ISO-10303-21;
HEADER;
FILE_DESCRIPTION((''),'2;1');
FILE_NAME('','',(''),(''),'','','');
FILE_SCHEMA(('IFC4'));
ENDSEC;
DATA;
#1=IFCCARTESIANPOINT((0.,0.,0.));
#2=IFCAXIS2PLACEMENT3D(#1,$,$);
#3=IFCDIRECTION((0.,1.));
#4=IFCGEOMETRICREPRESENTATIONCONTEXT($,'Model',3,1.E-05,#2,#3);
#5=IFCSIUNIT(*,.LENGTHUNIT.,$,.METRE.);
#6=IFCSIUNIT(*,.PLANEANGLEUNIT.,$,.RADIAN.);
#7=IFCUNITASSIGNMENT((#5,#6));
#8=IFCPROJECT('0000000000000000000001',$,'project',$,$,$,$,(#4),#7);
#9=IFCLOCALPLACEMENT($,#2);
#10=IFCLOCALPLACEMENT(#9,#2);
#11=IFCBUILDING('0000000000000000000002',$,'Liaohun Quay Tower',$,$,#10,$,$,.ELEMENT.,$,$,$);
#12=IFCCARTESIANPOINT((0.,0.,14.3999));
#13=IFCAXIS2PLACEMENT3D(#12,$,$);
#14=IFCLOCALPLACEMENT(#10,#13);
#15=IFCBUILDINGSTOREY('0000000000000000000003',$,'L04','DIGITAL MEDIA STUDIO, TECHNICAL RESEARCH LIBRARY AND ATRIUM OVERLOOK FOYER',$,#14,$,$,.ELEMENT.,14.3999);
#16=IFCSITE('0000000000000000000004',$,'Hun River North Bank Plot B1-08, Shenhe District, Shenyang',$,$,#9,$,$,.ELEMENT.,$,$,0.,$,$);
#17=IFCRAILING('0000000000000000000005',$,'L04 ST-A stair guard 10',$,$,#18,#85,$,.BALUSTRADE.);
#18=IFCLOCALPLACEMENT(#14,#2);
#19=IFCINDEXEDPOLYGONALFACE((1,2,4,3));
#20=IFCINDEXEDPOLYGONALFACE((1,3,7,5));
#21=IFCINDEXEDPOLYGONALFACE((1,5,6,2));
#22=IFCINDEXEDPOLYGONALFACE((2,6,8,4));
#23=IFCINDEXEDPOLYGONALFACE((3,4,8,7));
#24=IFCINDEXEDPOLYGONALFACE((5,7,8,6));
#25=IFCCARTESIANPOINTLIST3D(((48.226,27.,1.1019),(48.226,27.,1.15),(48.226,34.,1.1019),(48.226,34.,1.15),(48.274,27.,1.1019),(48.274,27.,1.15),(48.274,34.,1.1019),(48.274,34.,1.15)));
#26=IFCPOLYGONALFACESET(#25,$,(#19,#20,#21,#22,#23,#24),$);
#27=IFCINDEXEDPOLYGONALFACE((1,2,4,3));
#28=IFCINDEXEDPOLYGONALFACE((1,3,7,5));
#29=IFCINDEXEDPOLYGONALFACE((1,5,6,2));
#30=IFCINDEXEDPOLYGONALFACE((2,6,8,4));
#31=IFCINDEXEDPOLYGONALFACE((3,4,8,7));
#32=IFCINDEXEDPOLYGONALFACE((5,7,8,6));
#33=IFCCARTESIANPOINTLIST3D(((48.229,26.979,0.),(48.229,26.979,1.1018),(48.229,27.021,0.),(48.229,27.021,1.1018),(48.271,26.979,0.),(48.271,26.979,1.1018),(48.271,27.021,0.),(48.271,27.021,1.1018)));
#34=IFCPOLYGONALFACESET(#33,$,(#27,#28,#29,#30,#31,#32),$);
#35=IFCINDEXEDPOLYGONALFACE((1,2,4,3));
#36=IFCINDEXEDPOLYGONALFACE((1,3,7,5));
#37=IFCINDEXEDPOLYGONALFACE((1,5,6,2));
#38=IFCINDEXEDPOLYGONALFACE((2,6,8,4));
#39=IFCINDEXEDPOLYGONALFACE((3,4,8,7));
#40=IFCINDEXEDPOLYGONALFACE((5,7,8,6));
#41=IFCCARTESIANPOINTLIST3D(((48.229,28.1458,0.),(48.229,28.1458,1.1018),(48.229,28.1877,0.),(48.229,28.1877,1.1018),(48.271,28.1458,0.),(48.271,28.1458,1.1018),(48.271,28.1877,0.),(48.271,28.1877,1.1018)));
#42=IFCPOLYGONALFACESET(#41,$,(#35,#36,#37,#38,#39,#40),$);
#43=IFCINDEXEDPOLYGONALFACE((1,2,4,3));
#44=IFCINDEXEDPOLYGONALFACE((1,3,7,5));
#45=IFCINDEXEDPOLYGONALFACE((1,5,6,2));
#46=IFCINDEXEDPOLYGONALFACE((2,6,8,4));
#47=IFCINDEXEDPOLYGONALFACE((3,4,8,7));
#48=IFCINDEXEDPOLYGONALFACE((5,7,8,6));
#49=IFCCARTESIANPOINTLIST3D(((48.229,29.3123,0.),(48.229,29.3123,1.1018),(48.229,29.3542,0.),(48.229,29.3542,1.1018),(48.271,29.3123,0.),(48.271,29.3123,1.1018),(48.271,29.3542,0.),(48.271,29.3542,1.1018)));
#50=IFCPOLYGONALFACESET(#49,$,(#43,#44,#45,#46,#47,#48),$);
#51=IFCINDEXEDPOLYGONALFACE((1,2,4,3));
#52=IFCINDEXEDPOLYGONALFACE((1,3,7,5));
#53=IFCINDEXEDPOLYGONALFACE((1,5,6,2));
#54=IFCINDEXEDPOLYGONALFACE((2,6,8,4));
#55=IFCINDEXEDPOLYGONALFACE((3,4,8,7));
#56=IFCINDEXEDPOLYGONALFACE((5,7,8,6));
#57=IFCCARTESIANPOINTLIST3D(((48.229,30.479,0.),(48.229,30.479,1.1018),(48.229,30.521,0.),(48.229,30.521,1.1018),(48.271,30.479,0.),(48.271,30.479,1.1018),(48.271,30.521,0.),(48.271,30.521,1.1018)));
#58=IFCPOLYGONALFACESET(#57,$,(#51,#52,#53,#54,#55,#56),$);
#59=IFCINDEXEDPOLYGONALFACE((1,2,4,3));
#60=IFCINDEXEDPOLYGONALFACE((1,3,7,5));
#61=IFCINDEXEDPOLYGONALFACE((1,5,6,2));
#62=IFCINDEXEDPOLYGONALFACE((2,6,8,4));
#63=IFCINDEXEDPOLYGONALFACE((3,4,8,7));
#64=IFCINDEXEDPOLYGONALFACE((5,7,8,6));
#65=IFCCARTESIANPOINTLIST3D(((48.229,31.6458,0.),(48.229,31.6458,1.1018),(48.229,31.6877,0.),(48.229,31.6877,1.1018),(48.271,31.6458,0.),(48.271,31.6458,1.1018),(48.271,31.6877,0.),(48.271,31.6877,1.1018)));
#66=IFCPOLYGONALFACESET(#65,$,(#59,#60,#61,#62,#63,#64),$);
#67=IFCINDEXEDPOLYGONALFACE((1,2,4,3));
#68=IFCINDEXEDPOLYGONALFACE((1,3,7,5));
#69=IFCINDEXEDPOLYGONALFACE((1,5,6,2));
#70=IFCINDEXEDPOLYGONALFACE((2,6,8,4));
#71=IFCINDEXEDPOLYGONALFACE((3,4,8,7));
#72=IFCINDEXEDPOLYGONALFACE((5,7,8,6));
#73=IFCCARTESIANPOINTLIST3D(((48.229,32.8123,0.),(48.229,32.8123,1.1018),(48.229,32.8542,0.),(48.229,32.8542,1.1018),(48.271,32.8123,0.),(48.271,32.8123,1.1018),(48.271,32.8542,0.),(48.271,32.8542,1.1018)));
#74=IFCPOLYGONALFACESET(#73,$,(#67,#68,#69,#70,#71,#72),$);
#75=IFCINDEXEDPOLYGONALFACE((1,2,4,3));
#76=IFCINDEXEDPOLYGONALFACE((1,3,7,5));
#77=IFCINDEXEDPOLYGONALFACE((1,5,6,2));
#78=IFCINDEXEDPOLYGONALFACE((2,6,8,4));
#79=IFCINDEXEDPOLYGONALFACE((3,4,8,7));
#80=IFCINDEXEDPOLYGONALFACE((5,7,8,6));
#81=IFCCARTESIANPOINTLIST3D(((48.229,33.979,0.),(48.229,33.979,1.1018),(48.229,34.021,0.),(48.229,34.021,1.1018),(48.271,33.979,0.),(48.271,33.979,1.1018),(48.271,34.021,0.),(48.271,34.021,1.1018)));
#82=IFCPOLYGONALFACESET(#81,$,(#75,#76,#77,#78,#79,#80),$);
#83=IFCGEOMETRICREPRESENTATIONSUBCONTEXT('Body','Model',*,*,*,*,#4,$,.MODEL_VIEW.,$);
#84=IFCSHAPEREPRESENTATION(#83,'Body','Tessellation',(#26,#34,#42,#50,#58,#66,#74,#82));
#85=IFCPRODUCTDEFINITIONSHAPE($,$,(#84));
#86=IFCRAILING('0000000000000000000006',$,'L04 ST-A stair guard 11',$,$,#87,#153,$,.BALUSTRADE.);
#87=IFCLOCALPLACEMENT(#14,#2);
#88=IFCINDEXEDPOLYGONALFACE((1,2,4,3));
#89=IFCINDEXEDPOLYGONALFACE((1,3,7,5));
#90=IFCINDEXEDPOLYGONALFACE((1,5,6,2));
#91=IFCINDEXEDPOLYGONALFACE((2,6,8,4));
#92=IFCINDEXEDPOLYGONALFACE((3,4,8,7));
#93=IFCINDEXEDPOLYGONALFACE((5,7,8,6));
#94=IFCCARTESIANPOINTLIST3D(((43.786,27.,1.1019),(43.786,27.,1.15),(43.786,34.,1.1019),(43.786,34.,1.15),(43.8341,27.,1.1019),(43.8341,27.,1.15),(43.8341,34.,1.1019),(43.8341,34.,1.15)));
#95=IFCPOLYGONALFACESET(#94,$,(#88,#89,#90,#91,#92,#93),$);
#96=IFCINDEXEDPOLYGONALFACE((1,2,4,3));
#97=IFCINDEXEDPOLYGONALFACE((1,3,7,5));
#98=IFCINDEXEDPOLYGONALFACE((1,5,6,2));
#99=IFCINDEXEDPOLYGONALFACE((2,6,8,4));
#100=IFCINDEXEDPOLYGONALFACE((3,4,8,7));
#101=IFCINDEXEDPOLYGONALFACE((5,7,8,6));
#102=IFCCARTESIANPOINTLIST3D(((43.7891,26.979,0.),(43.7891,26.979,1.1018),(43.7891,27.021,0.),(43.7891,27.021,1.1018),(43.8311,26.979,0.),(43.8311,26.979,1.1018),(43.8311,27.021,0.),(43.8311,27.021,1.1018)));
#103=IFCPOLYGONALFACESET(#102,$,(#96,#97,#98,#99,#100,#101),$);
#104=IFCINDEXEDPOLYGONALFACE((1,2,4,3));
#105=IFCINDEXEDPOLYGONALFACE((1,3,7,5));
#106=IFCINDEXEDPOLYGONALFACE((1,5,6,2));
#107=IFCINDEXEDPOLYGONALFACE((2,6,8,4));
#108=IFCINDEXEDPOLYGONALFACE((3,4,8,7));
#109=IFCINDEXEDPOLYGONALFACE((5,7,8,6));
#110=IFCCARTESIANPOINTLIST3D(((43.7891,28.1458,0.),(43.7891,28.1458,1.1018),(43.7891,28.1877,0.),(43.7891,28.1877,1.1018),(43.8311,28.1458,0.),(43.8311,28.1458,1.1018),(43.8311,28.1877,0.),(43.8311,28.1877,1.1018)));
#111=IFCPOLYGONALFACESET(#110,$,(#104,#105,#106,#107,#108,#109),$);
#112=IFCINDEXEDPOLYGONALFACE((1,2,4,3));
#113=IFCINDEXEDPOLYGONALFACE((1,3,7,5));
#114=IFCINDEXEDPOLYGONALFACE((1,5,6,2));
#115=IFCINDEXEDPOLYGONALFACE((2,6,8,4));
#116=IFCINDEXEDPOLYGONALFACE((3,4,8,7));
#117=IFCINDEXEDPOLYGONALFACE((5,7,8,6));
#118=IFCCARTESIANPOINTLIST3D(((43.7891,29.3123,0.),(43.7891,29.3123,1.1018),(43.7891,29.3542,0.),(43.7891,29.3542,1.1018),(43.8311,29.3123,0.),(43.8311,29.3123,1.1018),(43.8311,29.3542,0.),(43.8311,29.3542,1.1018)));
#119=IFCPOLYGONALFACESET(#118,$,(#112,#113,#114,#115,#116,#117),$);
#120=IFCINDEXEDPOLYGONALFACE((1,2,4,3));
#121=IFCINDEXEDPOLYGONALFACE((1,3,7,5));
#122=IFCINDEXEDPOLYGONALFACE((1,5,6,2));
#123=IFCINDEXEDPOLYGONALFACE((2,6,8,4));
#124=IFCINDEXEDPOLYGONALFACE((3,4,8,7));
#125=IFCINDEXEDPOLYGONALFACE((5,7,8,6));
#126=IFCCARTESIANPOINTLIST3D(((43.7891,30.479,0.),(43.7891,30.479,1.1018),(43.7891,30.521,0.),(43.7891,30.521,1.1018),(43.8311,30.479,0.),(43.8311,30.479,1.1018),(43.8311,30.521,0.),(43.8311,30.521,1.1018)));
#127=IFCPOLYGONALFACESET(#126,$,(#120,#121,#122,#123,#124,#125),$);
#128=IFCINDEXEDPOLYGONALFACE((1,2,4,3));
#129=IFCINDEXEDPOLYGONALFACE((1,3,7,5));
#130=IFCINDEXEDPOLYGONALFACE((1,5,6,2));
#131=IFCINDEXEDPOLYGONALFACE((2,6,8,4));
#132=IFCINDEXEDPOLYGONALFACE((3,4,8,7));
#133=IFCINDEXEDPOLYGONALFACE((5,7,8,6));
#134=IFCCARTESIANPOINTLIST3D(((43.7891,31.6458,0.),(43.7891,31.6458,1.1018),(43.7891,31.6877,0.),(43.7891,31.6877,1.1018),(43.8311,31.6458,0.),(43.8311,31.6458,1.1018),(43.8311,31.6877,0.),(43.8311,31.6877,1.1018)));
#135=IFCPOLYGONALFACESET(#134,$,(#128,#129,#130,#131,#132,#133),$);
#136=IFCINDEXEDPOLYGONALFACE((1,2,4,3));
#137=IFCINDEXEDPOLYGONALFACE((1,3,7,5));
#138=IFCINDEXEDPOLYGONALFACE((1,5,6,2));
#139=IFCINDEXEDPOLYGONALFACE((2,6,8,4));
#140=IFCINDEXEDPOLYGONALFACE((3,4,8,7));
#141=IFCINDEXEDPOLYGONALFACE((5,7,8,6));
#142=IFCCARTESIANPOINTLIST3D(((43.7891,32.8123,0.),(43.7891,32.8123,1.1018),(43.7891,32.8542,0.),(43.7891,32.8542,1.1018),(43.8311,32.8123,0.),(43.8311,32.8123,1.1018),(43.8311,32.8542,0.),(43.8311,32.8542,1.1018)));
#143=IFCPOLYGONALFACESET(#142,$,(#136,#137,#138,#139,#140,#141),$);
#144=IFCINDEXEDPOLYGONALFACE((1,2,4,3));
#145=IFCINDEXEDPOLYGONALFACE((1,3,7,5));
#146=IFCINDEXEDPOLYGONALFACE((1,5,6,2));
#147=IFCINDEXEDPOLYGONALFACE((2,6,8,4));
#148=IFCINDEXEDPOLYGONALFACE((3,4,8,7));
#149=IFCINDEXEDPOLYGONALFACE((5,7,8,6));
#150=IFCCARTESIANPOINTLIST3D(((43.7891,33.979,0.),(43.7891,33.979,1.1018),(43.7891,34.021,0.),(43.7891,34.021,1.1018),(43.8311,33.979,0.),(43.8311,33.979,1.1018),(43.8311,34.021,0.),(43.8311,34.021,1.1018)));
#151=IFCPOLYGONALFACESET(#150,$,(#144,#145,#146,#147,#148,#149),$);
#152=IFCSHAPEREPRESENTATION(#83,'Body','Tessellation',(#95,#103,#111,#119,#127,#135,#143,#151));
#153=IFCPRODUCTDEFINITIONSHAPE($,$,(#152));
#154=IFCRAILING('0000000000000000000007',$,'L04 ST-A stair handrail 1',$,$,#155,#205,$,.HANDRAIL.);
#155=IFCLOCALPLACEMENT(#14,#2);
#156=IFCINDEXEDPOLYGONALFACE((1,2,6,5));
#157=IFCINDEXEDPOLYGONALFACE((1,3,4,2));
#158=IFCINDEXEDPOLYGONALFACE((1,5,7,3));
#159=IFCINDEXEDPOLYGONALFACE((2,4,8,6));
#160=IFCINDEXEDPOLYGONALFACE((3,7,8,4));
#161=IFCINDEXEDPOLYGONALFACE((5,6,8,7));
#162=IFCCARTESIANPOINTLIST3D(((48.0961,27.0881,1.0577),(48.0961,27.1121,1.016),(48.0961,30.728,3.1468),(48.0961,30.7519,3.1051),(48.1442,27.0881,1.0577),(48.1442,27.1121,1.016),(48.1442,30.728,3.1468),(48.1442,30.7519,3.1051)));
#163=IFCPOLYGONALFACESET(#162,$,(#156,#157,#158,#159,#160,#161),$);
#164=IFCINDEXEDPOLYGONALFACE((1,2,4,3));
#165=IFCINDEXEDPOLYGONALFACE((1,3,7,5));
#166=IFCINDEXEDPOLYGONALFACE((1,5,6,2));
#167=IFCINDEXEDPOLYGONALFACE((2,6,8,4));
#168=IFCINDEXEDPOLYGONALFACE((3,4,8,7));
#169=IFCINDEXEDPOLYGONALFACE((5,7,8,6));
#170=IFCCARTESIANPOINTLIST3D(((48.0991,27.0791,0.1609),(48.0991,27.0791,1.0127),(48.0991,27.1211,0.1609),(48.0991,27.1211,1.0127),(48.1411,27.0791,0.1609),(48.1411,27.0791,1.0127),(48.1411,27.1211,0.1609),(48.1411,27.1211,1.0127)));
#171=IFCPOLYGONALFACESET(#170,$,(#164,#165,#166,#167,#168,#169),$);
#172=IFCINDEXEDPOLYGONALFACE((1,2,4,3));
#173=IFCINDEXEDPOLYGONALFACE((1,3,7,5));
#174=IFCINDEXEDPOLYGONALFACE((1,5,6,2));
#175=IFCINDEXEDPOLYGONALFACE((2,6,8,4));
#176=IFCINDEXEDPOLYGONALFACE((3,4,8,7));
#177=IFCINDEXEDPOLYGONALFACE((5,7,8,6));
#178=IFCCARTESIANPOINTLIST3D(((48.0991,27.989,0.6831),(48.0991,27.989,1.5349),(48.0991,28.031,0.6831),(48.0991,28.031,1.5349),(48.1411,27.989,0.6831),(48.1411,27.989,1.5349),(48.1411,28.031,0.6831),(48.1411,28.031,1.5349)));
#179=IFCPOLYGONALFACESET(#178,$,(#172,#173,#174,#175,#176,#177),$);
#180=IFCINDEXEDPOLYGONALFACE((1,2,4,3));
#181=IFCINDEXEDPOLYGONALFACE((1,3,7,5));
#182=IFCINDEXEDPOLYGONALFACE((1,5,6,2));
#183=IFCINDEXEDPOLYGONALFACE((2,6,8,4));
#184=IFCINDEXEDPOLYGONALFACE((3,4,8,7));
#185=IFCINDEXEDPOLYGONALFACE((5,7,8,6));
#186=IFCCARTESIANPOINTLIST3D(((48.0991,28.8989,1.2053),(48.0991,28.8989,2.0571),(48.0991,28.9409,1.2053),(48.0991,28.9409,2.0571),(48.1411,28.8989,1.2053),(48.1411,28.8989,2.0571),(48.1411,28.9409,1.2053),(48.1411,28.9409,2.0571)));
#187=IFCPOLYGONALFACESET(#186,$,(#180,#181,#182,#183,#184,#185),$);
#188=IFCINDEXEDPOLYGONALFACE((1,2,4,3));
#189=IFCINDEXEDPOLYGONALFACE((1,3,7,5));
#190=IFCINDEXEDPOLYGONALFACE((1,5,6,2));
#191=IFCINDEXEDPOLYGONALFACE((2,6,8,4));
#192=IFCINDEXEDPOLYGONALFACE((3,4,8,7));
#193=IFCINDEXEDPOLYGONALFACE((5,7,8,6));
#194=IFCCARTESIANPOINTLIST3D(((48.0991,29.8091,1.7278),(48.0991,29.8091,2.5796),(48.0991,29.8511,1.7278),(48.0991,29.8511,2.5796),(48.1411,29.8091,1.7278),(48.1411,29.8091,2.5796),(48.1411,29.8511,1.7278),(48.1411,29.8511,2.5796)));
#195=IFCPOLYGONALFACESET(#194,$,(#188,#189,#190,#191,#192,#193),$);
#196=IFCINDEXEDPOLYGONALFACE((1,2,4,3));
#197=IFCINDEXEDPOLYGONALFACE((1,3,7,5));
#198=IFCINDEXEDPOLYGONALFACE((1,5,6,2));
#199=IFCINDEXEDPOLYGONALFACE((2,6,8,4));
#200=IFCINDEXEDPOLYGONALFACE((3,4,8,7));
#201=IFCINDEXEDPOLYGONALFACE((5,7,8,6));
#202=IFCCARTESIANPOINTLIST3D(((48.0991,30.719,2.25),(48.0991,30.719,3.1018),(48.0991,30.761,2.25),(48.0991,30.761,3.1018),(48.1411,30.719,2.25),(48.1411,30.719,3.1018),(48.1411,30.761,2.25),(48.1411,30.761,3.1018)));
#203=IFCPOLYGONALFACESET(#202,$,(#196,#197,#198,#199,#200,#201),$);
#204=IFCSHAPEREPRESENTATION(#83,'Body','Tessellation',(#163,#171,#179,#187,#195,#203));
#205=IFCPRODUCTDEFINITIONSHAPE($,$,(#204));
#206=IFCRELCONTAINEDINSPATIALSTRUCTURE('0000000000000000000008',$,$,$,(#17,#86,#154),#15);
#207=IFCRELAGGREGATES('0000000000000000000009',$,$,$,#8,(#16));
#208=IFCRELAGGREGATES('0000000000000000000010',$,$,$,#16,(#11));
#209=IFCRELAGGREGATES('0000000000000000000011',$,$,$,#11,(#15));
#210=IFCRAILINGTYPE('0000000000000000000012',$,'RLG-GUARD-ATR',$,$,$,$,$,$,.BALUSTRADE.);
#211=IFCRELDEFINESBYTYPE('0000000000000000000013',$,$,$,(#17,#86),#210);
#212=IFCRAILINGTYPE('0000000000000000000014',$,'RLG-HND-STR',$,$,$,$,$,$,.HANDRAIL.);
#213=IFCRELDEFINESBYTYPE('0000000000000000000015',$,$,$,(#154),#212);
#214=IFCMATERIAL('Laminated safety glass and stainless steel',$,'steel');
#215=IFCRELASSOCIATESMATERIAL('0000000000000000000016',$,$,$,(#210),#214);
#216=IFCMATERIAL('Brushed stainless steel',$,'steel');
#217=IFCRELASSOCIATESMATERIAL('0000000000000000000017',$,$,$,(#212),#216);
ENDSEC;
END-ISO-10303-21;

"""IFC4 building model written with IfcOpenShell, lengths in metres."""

from ifc_helpers import new_model, si_unit, direction, frame, origin, origin_2d, place, context, subcontext, project, spatial, rectangle, extrude, material, type_object, element, save


model = new_model("IFC4")

# Units and contexts
model_context = context("Model", 3, precision=1e-05, world=origin(), true_north=direction((0.0, 1.0)))
body_context = subcontext(model_context, "Body", "Model", "MODEL_VIEW")
ifc_project = project(units=[si_unit("LENGTHUNIT", "METRE"), si_unit("PLANEANGLEUNIT", "RADIAN")], contexts=[model_context])

# Site, building, storey
site_placement = place(None, origin())
site = spatial("IfcSite", under=ifc_project, at=site_placement, Name="Hun River North Bank Plot B1-08, Shenhe District, Shenyang", CompositionType="ELEMENT", RefElevation=0.0)
building_placement = place(site_placement, origin())
building = spatial("IfcBuilding", under=site, at=building_placement, Name="Liaohun Quay Tower", CompositionType="ELEMENT")
storey_placement = place(building_placement, frame((0.0, 0.0, 14.3999)))
storey = spatial("IfcBuildingStorey", under=building, at=storey_placement, Name="L04", Description="DIGITAL MEDIA STUDIO, TECHNICAL RESEARCH LIBRARY AND ATRIUM OVERLOOK FOYER", CompositionType="ELEMENT", Elevation=14.3999)

# Railings
ifc_material_1 = material(Name="Laminated safety glass and stainless steel", Category="steel")
railing_type_1 = type_object("IfcRailingType", Name="RLG-GUARD-ATR", PredefinedType="BALUSTRADE", material=ifc_material_1)
for number, where, name in (
    (1, (48.25, 27.0, 0.0), "L04 ST-A stair guard 10"),
    (2, (43.8101, 27.0, 0.0), "L04 ST-A stair guard 11"),
):
    element("IfcRailing", number, at=place(storey_placement, frame(where)), inside=storey, type_object=railing_type_1, Name=name, PredefinedType="BALUSTRADE", context=body_context, shape_type="SweptSolid", body=[
        extrude(rectangle(XDim=0.0481, YDim=0.0481, at=origin_2d()), frame((0.0, 0.0, 1.126), z_axis=(0.0, 1.0, 0.0), x_axis=(-1.0, 0.0, 0.0)), (0.0, 0.0, 1.0), 7.0),
        extrude(rectangle(XDim=0.042, YDim=0.042, at=origin_2d()), origin(), (0.0, 0.0, 1.0), 1.1018),
        extrude(rectangle(XDim=0.042, YDim=0.042, at=origin_2d()), frame((0.0, 1.1667, 0.0)), (0.0, 0.0, 1.0), 1.1018),
        extrude(rectangle(XDim=0.042, YDim=0.042, at=origin_2d()), frame((0.0, 2.3333, 0.0)), (0.0, 0.0, 1.0), 1.1018),
        extrude(rectangle(XDim=0.042, YDim=0.042, at=origin_2d()), frame((0.0, 3.5, 0.0)), (0.0, 0.0, 1.0), 1.1018),
        extrude(rectangle(XDim=0.042, YDim=0.042, at=origin_2d()), frame((0.0, 4.6667, 0.0)), (0.0, 0.0, 1.0), 1.1018),
        extrude(rectangle(XDim=0.042, YDim=0.042, at=origin_2d()), frame((0.0, 5.8333, 0.0)), (0.0, 0.0, 1.0), 1.1018),
        extrude(rectangle(XDim=0.042, YDim=0.042, at=origin_2d()), frame((0.0, 7.0, 0.0)), (0.0, 0.0, 1.0), 1.1018),
    ])
ifc_material_2 = material(Name="Brushed stainless steel", Category="steel")
railing_type_2 = type_object("IfcRailingType", Name="RLG-HND-STR", PredefinedType="HANDRAIL", material=ifc_material_2)
railing_1_placement = place(storey_placement, frame((48.1201, 27.1001, 0.1609)))
element("IfcRailing", 3, at=railing_1_placement, inside=storey, type_object=railing_type_2, Name="L04 ST-A stair handrail 1", PredefinedType="HANDRAIL", context=body_context, shape_type="SweptSolid", body=[
    extrude(rectangle(XDim=0.0481, YDim=0.0481, at=origin_2d()), frame((0.0, 0.0, 0.876), z_axis=(0.0, 0.8673, 0.497786), x_axis=(-1.0, 0.0, 0.0)), (0.0, 0.0, 1.0), 4.1968),
    extrude(rectangle(XDim=0.042, YDim=0.042, at=origin_2d()), origin(), (0.0, 0.0, 1.0), 0.8518),
    extrude(rectangle(XDim=0.042, YDim=0.042, at=origin_2d()), frame((0.0, 0.9099, 0.5222)), (0.0, 0.0, 1.0), 0.8518),
    extrude(rectangle(XDim=0.042, YDim=0.042, at=origin_2d()), frame((0.0, 1.8198, 1.0444)), (0.0, 0.0, 1.0), 0.8518),
    extrude(rectangle(XDim=0.042, YDim=0.042, at=origin_2d()), frame((0.0, 2.73, 1.5669)), (0.0, 0.0, 1.0), 0.8518),
    extrude(rectangle(XDim=0.042, YDim=0.042, at=origin_2d()), frame((0.0, 3.6399, 2.0891)), (0.0, 0.0, 1.0), 0.8518),
])

save(model, "model.ifc")
